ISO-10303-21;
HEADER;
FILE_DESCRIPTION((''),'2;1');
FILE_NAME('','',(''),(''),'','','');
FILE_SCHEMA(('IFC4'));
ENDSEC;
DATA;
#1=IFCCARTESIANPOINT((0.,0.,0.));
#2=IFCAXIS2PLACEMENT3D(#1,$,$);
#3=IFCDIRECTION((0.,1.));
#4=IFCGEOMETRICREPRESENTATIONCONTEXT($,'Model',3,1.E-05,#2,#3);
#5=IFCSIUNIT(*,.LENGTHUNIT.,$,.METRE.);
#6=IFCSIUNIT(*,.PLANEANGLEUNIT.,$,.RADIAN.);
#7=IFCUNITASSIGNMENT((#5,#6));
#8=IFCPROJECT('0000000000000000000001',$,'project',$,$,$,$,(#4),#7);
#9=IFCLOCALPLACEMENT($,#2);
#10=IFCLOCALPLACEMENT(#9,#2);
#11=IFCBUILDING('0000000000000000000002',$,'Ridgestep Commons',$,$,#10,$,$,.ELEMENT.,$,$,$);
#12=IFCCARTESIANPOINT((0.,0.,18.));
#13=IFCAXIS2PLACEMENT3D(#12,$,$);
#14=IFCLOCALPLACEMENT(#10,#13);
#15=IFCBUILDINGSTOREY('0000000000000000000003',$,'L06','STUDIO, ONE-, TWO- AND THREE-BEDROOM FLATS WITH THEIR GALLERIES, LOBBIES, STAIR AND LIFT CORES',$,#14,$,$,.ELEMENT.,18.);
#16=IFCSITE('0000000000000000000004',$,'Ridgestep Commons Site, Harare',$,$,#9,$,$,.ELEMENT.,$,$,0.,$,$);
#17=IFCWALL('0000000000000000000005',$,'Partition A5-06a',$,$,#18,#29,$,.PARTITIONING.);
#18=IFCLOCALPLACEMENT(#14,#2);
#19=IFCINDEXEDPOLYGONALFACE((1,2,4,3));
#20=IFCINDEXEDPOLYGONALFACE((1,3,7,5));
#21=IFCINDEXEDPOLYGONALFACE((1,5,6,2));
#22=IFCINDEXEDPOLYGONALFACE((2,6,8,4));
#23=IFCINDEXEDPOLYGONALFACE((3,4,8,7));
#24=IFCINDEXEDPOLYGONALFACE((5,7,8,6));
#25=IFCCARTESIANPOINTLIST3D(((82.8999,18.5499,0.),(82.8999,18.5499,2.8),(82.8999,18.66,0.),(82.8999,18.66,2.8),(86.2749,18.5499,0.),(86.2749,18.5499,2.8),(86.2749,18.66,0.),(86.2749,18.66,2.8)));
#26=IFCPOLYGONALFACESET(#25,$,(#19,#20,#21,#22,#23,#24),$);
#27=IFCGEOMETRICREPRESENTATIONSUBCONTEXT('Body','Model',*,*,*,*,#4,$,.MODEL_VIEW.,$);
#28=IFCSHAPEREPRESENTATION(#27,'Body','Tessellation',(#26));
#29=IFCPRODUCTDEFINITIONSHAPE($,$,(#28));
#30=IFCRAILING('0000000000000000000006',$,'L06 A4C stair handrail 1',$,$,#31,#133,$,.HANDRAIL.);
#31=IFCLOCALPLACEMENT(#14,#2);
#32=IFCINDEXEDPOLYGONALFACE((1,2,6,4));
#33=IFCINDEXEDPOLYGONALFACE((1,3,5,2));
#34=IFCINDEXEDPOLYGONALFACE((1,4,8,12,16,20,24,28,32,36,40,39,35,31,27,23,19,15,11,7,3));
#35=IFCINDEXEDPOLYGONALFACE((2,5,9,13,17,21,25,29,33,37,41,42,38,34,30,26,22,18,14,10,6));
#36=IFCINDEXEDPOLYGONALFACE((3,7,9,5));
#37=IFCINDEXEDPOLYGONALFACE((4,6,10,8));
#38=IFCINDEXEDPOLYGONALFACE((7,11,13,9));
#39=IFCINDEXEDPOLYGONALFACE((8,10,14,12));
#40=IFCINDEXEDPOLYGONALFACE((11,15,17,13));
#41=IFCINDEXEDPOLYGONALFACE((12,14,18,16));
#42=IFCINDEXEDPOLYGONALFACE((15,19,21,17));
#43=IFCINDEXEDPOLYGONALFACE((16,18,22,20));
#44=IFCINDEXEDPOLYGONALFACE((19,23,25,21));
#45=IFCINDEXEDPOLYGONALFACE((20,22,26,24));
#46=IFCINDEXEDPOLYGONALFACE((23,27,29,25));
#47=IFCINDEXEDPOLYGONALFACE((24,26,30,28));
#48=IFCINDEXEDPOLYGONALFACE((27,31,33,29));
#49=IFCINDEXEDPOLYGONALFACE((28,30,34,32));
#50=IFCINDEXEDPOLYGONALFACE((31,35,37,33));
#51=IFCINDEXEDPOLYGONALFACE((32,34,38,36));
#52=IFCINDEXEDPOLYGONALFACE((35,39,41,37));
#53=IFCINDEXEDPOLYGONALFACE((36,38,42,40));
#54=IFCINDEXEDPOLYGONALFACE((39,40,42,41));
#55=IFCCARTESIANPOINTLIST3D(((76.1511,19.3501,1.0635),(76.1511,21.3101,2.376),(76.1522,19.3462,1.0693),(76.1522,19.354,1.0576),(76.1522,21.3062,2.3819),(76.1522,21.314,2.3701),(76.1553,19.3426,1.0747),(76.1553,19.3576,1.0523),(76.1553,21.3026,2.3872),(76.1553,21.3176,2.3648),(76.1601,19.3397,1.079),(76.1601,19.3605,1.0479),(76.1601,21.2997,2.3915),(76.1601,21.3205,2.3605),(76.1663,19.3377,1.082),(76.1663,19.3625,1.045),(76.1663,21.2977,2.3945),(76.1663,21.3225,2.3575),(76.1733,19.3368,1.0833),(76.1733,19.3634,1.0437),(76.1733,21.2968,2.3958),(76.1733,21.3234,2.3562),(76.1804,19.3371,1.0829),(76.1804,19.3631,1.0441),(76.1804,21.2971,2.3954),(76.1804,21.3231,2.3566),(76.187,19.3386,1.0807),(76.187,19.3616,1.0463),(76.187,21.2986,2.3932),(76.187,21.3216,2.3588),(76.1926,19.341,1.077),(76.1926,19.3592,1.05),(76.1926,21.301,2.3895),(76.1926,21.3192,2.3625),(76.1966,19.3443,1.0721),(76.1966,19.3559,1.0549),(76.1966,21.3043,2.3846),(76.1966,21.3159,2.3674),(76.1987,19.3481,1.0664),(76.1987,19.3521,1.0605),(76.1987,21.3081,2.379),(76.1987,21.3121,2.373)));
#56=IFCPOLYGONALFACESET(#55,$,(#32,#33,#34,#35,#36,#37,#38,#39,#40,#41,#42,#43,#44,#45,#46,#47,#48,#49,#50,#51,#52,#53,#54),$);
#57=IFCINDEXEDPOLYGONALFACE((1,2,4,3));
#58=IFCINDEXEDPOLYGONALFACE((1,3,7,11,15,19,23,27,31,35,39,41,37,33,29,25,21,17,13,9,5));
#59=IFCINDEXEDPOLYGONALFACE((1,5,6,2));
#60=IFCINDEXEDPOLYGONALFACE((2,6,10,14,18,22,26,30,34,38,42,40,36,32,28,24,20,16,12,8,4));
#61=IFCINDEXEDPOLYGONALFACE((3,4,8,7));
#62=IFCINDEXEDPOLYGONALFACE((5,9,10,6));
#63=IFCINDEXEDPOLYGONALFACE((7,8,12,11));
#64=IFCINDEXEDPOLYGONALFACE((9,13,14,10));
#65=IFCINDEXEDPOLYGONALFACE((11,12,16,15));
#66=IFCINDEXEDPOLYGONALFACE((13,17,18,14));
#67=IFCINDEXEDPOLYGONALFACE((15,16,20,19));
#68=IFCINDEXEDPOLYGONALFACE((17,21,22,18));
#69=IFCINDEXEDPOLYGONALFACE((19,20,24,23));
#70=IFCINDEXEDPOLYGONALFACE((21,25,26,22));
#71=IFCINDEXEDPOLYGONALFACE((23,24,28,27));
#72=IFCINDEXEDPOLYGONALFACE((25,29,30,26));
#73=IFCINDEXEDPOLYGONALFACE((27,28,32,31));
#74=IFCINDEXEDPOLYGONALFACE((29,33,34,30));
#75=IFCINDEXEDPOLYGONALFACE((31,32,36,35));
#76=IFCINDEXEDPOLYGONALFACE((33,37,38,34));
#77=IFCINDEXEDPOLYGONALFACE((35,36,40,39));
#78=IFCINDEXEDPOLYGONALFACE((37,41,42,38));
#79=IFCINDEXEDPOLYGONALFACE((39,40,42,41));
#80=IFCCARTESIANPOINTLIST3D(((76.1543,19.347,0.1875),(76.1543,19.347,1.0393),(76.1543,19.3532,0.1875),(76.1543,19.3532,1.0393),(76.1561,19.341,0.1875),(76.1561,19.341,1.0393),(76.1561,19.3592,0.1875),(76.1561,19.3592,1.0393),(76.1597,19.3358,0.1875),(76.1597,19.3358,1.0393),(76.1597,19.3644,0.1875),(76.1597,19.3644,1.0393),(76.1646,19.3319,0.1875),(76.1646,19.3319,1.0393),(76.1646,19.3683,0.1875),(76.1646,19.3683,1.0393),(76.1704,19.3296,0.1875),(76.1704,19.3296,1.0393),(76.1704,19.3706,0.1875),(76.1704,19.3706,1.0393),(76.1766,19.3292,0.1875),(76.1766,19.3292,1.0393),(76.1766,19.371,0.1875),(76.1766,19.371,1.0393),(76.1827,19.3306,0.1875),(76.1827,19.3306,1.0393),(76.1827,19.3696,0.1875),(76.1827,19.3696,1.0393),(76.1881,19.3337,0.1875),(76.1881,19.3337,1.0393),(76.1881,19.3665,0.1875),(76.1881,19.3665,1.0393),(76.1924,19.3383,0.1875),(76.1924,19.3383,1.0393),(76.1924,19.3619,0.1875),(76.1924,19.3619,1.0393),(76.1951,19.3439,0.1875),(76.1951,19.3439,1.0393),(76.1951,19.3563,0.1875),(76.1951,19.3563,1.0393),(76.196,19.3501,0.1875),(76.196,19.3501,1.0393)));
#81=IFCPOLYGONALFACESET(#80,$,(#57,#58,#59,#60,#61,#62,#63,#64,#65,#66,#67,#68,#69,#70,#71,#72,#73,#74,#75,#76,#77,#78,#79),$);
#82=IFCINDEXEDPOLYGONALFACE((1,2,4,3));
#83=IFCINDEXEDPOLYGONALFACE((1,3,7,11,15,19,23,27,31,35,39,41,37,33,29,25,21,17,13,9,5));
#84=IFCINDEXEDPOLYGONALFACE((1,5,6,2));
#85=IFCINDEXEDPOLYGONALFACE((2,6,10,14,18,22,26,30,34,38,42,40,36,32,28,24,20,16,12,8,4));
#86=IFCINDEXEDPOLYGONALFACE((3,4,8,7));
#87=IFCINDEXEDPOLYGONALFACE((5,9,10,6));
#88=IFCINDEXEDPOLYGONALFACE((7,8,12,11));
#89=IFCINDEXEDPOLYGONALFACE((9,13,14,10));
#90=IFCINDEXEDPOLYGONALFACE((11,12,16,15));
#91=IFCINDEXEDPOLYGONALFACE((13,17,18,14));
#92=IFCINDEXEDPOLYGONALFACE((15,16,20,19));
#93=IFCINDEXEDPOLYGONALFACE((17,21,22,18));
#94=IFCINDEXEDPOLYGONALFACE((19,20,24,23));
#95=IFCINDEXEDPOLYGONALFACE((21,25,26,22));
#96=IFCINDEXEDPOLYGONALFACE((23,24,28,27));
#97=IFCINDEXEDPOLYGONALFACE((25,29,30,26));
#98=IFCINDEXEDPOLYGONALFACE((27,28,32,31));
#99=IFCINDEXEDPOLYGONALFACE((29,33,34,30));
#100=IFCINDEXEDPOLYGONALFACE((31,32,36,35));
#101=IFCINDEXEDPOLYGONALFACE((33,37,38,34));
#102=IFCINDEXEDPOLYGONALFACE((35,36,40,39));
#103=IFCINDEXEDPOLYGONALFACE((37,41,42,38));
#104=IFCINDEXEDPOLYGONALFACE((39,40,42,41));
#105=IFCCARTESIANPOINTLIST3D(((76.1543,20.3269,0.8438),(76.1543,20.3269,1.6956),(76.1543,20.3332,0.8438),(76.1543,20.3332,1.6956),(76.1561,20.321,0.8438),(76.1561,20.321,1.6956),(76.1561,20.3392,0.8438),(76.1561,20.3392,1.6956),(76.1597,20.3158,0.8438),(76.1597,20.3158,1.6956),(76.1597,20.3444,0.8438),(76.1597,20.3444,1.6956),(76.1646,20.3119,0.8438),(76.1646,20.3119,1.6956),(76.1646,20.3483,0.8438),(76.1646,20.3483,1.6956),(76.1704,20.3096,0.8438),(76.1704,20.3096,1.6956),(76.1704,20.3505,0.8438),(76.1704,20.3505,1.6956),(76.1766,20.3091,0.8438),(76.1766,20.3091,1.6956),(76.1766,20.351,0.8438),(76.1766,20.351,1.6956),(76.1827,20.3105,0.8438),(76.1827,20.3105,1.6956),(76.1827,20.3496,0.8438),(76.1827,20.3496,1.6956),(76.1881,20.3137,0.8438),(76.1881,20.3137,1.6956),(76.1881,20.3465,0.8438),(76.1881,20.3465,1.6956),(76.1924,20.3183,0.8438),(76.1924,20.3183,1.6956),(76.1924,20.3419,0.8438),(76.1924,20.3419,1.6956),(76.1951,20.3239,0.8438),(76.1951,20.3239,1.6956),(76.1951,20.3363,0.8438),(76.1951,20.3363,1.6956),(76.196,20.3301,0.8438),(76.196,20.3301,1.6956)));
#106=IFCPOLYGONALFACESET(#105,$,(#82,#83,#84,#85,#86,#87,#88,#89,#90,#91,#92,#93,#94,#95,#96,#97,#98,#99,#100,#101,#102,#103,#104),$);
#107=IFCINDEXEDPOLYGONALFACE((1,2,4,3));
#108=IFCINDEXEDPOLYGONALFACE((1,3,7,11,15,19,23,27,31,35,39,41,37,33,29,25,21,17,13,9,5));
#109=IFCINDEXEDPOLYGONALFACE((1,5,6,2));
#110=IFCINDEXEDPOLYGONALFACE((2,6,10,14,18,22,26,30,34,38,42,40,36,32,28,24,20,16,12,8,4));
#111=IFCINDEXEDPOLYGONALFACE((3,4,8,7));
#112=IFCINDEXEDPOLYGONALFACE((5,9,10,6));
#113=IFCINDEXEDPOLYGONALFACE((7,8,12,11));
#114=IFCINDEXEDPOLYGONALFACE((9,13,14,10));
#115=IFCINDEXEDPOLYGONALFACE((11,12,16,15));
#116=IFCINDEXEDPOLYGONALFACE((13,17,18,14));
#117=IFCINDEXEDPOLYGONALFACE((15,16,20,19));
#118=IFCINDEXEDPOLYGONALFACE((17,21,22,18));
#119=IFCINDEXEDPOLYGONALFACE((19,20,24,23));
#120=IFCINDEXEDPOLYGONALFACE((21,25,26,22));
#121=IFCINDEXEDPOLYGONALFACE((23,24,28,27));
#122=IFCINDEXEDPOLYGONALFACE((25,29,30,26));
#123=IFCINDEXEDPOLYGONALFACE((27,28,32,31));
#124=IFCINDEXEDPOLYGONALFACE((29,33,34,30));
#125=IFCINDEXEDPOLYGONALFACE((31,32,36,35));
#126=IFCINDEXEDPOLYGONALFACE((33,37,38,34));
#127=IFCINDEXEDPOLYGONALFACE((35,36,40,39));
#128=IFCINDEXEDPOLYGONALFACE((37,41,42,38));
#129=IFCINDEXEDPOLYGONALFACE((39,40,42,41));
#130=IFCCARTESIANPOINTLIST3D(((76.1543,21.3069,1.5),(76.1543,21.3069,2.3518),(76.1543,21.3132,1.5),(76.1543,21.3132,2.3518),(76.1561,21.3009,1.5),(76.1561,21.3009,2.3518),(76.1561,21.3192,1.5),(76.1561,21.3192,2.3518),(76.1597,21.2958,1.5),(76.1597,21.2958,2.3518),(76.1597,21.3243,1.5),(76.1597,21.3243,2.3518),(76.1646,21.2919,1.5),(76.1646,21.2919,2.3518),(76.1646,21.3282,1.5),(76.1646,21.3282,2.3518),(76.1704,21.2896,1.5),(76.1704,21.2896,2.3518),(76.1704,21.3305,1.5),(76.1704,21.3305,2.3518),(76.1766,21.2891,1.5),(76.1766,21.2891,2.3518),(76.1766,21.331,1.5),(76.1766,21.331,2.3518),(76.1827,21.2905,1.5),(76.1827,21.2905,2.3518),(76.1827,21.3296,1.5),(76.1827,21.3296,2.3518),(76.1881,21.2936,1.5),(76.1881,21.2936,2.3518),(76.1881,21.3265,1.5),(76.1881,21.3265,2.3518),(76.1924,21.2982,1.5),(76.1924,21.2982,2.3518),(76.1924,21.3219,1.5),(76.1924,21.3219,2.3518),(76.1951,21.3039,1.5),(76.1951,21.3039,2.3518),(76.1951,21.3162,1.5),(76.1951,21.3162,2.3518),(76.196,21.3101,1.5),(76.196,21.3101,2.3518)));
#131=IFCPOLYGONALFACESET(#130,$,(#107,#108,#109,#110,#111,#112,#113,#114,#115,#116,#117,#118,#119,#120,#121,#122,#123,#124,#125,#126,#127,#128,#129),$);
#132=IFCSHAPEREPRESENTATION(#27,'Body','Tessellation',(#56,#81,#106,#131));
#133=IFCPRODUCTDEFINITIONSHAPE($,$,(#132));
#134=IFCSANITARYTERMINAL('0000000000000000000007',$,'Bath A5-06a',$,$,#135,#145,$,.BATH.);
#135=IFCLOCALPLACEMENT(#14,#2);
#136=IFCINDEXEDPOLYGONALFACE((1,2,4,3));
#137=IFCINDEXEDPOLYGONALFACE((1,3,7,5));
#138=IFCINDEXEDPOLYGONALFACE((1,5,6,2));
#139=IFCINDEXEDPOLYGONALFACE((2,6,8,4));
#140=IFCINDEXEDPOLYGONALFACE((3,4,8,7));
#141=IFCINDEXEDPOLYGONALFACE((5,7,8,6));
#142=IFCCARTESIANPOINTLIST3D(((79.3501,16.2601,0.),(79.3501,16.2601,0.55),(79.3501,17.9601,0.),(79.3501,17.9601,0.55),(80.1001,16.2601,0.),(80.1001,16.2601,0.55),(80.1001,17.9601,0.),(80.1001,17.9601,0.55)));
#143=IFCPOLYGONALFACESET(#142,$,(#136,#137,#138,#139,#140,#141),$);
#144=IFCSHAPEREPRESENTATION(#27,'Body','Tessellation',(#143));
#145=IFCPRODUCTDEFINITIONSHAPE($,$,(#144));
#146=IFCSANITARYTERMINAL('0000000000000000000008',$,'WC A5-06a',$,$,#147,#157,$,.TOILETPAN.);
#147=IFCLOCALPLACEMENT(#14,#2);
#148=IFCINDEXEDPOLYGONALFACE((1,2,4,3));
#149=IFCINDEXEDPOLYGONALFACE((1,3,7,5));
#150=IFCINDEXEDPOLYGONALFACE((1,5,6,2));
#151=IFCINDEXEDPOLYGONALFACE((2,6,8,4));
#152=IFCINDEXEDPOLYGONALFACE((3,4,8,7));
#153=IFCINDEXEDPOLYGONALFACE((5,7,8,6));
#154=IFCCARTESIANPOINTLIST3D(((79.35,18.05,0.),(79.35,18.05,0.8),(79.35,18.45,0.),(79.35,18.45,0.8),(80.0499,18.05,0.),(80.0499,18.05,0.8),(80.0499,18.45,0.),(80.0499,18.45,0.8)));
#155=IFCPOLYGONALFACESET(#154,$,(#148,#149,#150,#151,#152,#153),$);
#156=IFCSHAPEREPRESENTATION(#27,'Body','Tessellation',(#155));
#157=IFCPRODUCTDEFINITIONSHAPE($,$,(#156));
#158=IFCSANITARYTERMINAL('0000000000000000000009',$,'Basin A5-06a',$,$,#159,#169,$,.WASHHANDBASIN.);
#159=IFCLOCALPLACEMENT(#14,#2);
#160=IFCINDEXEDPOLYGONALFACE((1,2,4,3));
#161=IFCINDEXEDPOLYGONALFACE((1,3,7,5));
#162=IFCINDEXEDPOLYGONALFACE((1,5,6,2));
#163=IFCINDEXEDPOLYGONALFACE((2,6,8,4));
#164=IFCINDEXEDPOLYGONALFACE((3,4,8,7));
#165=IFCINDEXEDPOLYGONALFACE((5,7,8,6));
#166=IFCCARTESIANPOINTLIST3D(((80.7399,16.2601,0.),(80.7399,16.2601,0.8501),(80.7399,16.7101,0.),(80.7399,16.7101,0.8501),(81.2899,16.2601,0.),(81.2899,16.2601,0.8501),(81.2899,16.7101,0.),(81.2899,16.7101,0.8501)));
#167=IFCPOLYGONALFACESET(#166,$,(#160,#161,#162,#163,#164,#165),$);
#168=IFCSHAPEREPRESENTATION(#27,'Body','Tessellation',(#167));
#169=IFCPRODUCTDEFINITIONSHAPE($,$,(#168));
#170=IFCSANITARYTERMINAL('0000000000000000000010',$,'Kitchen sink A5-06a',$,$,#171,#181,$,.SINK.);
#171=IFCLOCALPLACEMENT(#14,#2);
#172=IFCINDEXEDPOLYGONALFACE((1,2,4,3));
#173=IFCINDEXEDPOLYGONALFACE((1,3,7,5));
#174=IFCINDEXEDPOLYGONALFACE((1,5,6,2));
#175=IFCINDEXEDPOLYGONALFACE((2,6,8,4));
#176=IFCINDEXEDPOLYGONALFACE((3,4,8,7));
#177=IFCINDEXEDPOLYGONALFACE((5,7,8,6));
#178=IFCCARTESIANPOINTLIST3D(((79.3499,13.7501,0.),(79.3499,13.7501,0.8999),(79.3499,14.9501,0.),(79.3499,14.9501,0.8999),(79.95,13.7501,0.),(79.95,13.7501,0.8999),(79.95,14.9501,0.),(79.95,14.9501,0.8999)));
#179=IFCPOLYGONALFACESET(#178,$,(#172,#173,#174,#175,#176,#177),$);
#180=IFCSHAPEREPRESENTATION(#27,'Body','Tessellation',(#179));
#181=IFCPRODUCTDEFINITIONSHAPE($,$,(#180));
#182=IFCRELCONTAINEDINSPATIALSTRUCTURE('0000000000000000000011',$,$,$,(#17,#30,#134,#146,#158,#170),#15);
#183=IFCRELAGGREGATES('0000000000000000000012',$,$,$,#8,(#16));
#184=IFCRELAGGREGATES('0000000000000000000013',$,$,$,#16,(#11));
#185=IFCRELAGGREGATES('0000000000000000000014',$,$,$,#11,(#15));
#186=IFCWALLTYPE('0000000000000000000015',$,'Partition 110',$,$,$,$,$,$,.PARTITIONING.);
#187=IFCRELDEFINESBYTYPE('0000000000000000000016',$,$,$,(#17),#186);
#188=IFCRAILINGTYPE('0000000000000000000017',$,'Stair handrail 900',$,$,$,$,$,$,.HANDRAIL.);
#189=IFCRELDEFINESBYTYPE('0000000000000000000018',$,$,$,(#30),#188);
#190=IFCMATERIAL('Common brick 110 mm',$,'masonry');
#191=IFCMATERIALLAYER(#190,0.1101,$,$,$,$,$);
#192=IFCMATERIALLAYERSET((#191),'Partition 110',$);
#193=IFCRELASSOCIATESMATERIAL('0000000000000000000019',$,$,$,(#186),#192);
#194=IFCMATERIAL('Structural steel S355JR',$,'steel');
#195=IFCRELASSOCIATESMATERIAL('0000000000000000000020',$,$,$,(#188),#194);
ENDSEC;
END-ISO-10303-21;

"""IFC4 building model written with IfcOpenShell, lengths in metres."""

from ifc_helpers import new_model, si_unit, direction, frame, frame_2d, origin, origin_2d, place, context, subcontext, project, spatial, rectangle, circle, extrude, material, layer, layer_set, type_object, element, save


model = new_model("IFC4")

# Units and contexts
model_context = context("Model", 3, precision=1e-05, world=origin(), true_north=direction((0.0, 1.0)))
body_context = subcontext(model_context, "Body", "Model", "MODEL_VIEW")
ifc_project = project(units=[si_unit("LENGTHUNIT", "METRE"), si_unit("PLANEANGLEUNIT", "RADIAN")], contexts=[model_context])

# Site, building, storey
site_placement = place(None, origin())
site = spatial("IfcSite", under=ifc_project, at=site_placement, Name="Ridgestep Commons Site, Harare", CompositionType="ELEMENT", RefElevation=0.0)
building_placement = place(site_placement, origin())
building = spatial("IfcBuilding", under=site, at=building_placement, Name="Ridgestep Commons", CompositionType="ELEMENT")
storey_placement = place(building_placement, frame((0.0, 0.0, 18.0)))
storey = spatial("IfcBuildingStorey", under=building, at=storey_placement, Name="L06", Description="STUDIO, ONE-, TWO- AND THREE-BEDROOM FLATS WITH THEIR GALLERIES, LOBBIES, STAIR AND LIFT CORES", CompositionType="ELEMENT", Elevation=18.0)

# Shared definitions
ifc_material_1 = material(Name="Common brick 110 mm", Category="masonry")
ifc_layer_1 = layer(ifc_material_1, 0.1101)
ifc_layer_set_1 = layer_set([ifc_layer_1], Name="Partition 110")
wall_type_1 = type_object("IfcWallType", Name="Partition 110", PredefinedType="PARTITIONING", material=ifc_layer_set_1)

# Wall
wall_1_placement = place(storey_placement, frame((82.8999, 18.605, 0.0), z_axis=(0.0, 0.0, 1.0), x_axis=(1.0, 0.0, 0.0)))
element("IfcWall", 1, at=wall_1_placement, inside=storey, type_object=wall_type_1, Name="Partition A5-06a", PredefinedType="PARTITIONING", context=body_context, shape_type="SweptSolid", body=[
    extrude(rectangle(XDim=3.375, YDim=0.1101, at=frame_2d((1.6875, 0.0))), origin(), (0.0, 0.0, 1.0), 2.8),
])

# Railing
ifc_material_2 = material(Name="Structural steel S355JR", Category="steel")
railing_type = type_object("IfcRailingType", Name="Stair handrail 900", PredefinedType="HANDRAIL", material=ifc_material_2)
railing_placement = place(storey_placement, frame((76.175, 19.3501, 0.1875)))
element("IfcRailing", 2, at=railing_placement, inside=storey, type_object=railing_type, Name="L06 A4C stair handrail 1", PredefinedType="HANDRAIL", context=body_context, shape_type="SweptSolid", body=[
    extrude(circle(Radius=0.0239, at=origin_2d()), frame((0.0, 0.0, 0.876), z_axis=(0.0, 0.830902, 0.556419), x_axis=(-1.0, 0.0, 0.0)), (0.0, 0.0, 1.0), 2.3589),
    extrude(circle(Radius=0.021, at=origin_2d()), origin(), (0.0, 0.0, 1.0), 0.8518),
    extrude(circle(Radius=0.021, at=origin_2d()), frame((0.0, 0.98, 0.6562)), (0.0, 0.0, 1.0), 0.8518),
    extrude(circle(Radius=0.021, at=origin_2d()), frame((0.0, 1.96, 1.3125)), (0.0, 0.0, 1.0), 0.8518),
])

# Sanitary terminals
sanitary_terminal_1_placement = place(storey_placement, frame((79.7251, 17.1101, 0.0), z_axis=(0.0, 0.0, 1.0), x_axis=(1.0, 0.0, 0.0)))
element("IfcSanitaryTerminal", 3, at=sanitary_terminal_1_placement, inside=storey, Name="Bath A5-06a", PredefinedType="BATH", context=body_context, shape_type="SweptSolid", body=[
    extrude(rectangle(XDim=0.75, YDim=1.7, at=origin_2d()), origin(), (0.0, 0.0, 1.0), 0.55),
])
sanitary_terminal_2_placement = place(storey_placement, frame((79.7, 18.25, 0.0), z_axis=(0.0, 0.0, 1.0), x_axis=(1.0, 0.0, 0.0)))
element("IfcSanitaryTerminal", 4, at=sanitary_terminal_2_placement, inside=storey, Name="WC A5-06a", PredefinedType="TOILETPAN", context=body_context, shape_type="SweptSolid", body=[
    extrude(rectangle(XDim=0.7, YDim=0.3999, at=origin_2d()), origin(), (0.0, 0.0, 1.0), 0.8),
])
sanitary_terminal_3_placement = place(storey_placement, frame((81.0149, 16.4851, 0.0), z_axis=(0.0, 0.0, 1.0), x_axis=(1.0, 0.0, 0.0)))
element("IfcSanitaryTerminal", 5, at=sanitary_terminal_3_placement, inside=storey, Name="Basin A5-06a", PredefinedType="WASHHANDBASIN", context=body_context, shape_type="SweptSolid", body=[
    extrude(rectangle(XDim=0.55, YDim=0.45, at=origin_2d()), origin(), (0.0, 0.0, 1.0), 0.8501),
])
sanitary_terminal_4_placement = place(storey_placement, frame((79.6499, 14.3501, 0.0), z_axis=(0.0, 0.0, 1.0), x_axis=(1.0, 0.0, 0.0)))
element("IfcSanitaryTerminal", 6, at=sanitary_terminal_4_placement, inside=storey, Name="Kitchen sink A5-06a", PredefinedType="SINK", context=body_context, shape_type="SweptSolid", body=[
    extrude(rectangle(XDim=0.6001, YDim=1.2, at=origin_2d()), origin(), (0.0, 0.0, 1.0), 0.8999),
])

save(model, "model.ifc")
